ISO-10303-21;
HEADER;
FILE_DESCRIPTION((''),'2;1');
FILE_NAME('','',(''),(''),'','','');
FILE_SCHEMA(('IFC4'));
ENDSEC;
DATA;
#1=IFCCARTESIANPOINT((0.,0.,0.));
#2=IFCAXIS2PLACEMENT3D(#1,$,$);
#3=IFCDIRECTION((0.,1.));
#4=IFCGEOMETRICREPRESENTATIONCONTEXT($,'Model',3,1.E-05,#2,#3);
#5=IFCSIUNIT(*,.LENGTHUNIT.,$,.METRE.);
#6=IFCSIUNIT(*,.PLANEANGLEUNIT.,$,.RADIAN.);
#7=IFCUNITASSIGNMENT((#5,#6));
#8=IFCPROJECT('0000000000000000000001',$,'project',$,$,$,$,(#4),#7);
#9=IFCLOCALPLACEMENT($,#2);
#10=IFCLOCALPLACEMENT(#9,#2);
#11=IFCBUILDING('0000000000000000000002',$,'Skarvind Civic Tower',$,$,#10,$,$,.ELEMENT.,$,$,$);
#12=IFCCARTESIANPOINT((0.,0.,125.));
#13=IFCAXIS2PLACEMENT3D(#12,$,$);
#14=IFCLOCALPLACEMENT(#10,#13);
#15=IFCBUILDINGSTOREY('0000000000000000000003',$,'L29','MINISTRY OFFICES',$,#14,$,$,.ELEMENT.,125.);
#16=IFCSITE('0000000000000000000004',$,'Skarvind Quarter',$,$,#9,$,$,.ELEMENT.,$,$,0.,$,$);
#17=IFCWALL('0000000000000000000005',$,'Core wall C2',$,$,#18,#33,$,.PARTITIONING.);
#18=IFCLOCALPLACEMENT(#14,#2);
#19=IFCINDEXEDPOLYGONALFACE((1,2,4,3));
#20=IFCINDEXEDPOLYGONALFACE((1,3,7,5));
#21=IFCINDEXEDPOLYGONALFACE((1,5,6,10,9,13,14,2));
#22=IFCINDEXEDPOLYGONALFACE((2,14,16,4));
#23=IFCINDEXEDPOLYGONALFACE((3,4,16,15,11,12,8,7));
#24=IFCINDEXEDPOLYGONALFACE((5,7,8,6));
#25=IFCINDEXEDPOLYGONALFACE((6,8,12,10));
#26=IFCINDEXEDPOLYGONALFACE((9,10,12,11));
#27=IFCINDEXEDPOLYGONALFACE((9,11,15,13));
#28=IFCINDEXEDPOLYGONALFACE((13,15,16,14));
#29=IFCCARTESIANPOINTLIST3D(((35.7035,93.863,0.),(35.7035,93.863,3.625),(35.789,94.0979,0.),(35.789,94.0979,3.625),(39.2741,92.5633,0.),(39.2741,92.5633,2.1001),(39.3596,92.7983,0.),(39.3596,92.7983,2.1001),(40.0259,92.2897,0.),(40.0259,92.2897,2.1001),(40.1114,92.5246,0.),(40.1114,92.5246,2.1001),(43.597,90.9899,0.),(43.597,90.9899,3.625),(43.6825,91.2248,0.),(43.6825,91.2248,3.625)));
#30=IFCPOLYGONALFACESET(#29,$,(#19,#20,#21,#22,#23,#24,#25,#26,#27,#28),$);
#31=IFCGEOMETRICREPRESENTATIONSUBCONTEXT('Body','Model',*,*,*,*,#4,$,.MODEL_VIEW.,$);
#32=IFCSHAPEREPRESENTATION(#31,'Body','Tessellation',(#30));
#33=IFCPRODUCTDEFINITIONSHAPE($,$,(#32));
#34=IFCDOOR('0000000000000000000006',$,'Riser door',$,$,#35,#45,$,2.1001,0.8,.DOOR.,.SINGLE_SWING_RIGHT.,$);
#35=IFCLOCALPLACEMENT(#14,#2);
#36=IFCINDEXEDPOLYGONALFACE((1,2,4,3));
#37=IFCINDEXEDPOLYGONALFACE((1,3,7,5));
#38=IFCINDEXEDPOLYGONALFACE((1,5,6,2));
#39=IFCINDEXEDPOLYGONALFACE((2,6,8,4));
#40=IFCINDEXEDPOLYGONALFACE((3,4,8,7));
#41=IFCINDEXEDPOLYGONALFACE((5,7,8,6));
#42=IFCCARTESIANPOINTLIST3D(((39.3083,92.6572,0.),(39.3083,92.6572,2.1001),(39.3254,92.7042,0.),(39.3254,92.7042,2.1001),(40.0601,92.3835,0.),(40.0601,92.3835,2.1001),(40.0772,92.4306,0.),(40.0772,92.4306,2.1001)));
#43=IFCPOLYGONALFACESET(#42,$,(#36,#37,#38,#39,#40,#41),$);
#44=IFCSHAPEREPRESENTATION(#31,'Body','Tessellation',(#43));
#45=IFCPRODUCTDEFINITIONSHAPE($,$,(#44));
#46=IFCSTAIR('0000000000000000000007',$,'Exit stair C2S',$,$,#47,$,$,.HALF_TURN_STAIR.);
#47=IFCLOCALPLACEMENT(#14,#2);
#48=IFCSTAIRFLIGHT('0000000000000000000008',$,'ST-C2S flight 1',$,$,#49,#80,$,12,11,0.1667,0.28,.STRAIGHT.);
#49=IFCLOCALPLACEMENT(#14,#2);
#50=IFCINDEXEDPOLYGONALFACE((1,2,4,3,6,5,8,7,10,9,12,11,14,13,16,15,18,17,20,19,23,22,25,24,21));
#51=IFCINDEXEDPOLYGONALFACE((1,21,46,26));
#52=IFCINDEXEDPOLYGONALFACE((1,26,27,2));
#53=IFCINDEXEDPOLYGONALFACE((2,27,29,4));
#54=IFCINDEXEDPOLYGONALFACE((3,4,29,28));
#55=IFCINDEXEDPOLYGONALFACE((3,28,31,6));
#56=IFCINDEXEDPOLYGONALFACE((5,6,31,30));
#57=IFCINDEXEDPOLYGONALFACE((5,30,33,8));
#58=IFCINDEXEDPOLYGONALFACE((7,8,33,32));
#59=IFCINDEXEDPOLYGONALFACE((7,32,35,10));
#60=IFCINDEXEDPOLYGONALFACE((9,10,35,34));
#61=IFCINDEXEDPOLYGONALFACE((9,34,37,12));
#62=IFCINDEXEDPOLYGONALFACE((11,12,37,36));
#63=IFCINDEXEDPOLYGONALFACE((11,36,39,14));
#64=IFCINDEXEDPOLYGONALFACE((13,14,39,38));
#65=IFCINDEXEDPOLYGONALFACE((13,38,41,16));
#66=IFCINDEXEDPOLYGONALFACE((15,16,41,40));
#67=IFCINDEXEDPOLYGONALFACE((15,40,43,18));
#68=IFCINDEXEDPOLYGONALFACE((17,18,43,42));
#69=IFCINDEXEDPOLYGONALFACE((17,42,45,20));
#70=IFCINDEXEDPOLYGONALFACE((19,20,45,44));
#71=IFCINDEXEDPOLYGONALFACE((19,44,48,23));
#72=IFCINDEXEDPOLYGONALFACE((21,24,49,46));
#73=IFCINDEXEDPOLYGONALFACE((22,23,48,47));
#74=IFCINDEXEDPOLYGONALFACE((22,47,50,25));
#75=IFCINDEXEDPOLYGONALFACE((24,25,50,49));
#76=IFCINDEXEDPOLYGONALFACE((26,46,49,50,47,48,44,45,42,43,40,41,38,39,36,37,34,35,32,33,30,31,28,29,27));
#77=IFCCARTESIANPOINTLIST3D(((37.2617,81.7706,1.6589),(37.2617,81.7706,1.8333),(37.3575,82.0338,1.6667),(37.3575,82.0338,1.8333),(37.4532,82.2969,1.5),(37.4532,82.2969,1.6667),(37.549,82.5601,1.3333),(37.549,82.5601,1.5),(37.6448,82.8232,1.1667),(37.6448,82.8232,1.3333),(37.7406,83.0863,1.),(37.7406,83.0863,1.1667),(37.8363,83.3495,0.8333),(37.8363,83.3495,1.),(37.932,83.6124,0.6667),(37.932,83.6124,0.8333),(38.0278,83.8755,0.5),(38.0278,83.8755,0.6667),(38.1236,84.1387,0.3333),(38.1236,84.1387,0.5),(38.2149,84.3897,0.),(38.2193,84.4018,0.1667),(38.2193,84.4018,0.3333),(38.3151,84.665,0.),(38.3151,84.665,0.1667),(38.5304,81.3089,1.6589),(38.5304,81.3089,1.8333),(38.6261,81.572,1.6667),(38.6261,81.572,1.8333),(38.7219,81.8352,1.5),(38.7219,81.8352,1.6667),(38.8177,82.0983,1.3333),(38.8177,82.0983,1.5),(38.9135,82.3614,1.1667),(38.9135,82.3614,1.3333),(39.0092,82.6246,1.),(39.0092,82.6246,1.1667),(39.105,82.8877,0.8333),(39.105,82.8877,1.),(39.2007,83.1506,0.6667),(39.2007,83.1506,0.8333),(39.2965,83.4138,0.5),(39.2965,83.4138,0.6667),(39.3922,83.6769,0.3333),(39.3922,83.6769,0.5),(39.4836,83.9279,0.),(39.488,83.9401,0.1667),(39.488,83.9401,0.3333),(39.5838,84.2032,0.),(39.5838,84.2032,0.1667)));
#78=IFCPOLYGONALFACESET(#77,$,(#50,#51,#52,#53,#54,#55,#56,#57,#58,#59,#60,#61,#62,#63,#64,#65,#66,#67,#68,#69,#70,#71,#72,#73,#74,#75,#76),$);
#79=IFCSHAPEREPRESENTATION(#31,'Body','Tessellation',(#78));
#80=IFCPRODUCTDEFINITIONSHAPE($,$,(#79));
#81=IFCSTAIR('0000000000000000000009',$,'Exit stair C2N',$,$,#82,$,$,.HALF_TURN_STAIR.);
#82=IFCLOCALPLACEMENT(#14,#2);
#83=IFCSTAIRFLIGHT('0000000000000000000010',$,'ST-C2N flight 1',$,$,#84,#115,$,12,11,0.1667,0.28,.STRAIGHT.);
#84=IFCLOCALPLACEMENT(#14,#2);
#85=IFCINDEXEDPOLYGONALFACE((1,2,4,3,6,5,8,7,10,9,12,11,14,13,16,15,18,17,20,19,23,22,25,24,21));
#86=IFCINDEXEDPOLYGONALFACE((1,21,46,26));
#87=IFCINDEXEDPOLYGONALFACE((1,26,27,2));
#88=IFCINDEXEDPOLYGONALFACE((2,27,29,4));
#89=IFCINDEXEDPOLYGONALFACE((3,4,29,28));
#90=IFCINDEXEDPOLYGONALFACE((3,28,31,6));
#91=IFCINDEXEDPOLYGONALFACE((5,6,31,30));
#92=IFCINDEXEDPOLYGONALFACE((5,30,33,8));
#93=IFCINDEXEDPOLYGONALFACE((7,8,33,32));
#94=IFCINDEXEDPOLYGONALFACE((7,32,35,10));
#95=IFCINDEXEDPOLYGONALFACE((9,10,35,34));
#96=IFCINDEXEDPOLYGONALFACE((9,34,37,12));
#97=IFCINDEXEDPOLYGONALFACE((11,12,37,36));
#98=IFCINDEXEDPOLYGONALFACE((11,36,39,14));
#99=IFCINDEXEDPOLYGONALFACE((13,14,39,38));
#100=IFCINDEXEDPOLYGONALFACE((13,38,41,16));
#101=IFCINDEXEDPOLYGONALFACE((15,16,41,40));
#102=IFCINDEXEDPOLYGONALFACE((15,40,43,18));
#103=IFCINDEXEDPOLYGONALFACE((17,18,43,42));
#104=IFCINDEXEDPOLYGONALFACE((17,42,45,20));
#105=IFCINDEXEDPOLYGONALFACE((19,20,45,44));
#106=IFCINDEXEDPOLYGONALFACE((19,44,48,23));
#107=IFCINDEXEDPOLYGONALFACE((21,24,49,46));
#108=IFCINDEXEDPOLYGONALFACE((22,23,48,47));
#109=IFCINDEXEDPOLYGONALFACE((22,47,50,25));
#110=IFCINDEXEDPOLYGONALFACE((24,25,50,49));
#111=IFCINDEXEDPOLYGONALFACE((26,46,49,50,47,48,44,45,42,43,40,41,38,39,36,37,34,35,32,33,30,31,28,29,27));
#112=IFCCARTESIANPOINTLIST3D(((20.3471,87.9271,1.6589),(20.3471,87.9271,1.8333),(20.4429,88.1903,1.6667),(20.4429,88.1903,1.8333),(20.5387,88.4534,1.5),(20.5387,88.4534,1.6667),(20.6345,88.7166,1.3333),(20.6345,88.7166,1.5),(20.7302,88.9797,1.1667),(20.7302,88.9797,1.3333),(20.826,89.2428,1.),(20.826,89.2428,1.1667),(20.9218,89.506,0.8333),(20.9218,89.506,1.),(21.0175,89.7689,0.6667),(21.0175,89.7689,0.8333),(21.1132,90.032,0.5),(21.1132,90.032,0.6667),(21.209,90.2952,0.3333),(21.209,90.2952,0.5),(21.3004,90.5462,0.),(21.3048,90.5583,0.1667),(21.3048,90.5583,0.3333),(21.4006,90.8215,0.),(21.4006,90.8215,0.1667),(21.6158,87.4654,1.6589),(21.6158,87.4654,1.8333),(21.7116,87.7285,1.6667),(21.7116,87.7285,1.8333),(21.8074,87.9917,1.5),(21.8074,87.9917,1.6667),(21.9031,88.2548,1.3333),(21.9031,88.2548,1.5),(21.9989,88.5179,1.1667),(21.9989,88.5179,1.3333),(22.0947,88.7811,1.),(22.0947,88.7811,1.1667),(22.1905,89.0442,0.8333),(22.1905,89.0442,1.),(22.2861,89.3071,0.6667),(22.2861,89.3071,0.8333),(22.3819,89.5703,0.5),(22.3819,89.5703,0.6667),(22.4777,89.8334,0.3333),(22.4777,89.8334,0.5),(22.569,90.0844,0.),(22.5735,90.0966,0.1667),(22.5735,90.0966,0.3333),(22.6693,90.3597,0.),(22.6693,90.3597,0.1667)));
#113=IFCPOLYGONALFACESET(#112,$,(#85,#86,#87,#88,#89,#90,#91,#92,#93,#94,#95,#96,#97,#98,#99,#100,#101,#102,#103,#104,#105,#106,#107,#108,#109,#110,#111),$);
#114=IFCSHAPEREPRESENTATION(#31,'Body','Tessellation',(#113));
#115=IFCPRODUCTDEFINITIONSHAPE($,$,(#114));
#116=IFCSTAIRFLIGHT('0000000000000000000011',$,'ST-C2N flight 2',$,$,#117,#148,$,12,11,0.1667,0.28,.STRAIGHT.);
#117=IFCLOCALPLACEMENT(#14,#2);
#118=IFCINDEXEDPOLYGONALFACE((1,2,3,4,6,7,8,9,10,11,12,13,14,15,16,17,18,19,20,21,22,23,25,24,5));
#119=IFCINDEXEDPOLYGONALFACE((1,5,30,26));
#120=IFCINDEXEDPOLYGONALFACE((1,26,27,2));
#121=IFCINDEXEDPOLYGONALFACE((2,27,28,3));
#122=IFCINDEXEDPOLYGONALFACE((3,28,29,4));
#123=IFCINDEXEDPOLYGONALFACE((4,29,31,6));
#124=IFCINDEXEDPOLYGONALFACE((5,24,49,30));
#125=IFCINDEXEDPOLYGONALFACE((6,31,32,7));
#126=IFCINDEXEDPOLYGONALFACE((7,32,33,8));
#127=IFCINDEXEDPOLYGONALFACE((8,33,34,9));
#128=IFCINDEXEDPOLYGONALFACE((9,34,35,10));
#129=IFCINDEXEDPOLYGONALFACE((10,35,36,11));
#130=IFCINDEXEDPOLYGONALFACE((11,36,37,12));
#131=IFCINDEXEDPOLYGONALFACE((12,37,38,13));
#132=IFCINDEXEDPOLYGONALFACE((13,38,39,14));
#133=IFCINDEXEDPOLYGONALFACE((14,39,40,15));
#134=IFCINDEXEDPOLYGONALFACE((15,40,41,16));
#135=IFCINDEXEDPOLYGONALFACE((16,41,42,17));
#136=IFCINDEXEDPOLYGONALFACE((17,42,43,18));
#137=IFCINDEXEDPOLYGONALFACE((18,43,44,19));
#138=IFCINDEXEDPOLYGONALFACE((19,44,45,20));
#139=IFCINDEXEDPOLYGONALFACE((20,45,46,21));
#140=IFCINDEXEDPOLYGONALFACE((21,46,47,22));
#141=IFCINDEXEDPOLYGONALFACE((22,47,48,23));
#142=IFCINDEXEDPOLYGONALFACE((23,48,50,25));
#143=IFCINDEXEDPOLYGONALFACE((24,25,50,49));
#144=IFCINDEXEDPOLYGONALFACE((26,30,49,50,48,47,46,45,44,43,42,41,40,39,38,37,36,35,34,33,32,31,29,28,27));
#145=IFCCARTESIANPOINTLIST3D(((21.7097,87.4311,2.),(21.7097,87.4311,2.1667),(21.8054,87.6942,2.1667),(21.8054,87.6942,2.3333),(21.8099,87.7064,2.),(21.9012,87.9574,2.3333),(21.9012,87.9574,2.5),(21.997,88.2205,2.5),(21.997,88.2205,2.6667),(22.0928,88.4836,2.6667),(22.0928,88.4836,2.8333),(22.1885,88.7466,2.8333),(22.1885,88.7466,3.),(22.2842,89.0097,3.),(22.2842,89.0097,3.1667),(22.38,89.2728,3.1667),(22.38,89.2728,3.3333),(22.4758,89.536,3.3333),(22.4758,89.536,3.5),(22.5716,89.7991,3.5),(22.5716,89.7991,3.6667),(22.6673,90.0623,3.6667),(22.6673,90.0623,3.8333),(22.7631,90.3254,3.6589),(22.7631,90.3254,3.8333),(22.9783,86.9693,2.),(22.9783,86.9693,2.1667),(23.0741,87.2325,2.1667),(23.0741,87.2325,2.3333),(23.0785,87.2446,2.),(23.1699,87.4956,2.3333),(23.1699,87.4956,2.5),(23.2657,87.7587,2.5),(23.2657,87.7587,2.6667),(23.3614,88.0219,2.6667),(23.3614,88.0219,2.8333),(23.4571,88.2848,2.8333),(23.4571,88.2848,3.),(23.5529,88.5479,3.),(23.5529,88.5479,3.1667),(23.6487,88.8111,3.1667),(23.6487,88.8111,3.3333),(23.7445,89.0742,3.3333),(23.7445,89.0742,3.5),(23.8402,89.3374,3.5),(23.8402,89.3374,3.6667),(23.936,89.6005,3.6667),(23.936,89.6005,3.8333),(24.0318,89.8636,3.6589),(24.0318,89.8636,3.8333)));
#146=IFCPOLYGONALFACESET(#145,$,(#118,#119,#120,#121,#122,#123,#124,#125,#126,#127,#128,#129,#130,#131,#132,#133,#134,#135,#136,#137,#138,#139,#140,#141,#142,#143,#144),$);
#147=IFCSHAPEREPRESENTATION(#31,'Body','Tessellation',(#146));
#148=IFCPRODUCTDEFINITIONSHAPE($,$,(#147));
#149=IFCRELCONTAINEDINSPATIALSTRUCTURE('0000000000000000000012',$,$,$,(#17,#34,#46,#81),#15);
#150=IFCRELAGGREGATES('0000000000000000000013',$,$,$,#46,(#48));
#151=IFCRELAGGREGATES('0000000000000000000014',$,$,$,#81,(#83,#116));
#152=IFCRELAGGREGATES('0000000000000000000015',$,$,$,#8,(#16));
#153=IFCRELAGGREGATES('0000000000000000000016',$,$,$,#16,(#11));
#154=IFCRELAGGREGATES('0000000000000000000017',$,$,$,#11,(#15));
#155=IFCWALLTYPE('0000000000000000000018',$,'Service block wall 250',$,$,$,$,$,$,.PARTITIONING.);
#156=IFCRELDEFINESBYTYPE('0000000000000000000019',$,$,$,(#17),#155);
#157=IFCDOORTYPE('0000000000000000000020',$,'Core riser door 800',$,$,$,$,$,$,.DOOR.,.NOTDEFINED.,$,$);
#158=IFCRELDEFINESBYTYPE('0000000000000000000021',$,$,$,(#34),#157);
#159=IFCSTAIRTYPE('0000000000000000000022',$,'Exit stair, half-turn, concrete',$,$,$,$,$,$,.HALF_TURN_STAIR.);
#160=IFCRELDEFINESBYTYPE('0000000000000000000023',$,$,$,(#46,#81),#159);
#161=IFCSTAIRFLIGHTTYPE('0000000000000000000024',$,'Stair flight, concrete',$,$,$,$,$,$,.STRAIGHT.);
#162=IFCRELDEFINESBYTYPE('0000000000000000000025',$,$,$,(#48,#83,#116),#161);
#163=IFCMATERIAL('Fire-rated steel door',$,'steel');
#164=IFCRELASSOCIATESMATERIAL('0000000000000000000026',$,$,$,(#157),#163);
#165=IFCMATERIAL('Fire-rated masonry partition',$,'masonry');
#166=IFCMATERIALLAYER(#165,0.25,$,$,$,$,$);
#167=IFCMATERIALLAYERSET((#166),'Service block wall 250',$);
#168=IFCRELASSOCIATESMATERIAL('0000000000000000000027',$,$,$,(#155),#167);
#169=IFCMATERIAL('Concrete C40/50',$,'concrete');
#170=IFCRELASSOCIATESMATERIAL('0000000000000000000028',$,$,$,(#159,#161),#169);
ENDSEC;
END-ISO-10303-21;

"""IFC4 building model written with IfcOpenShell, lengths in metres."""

from ifc_helpers import new_model, si_unit, direction, frame, frame_2d, origin, place, context, subcontext, project, spatial, polyline, rectangle, outline, extrude, material, layer, layer_set, type_object, element, fill, aggregate, save


model = new_model("IFC4")

# Units and contexts
model_context = context("Model", 3, precision=1e-05, world=origin(), true_north=direction((0.0, 1.0)))
body_context = subcontext(model_context, "Body", "Model", "MODEL_VIEW")
ifc_project = project(units=[si_unit("LENGTHUNIT", "METRE"), si_unit("PLANEANGLEUNIT", "RADIAN")], contexts=[model_context])

# Site, building, storey
site_placement = place(None, origin())
site = spatial("IfcSite", under=ifc_project, at=site_placement, Name="Skarvind Quarter", CompositionType="ELEMENT", RefElevation=0.0)
building_placement = place(site_placement, origin())
building = spatial("IfcBuilding", under=site, at=building_placement, Name="Skarvind Civic Tower", CompositionType="ELEMENT")
storey_placement = place(building_placement, frame((0.0, 0.0, 125.0)))
storey = spatial("IfcBuildingStorey", under=building, at=storey_placement, Name="L29", Description="MINISTRY OFFICES", CompositionType="ELEMENT", Elevation=125.0)

# Shared definitions
ifc_material_1 = material(Name="Fire-rated masonry partition", Category="masonry")
ifc_material_2 = material(Name="Fire-rated steel door", Category="steel")

# Wall, opening, door
door_type_1 = type_object("IfcDoorType", Name="Core riser door 800", OperationType="NOTDEFINED", PredefinedType="DOOR", material=ifc_material_2)
ifc_layer_1 = layer(ifc_material_1, 0.25)
ifc_layer_set_1 = layer_set([ifc_layer_1], Name="Service block wall 250")
wall_type_1 = type_object("IfcWallType", Name="Service block wall 250", PredefinedType="PARTITIONING", material=ifc_layer_set_1)
wall_1_placement = place(storey_placement, frame((35.7461, 93.9805, 0.0), z_axis=(0.0, 0.0, 1.0), x_axis=(0.939692, -0.342023, 0.0)))
wall_1 = element("IfcWall", 1, at=wall_1_placement, inside=storey, type_object=wall_type_1, Name="Core wall C2", PredefinedType="PARTITIONING", context=body_context, shape_type="SweptSolid", body=[
    extrude(rectangle(XDim=8.4001, YDim=0.25, at=frame_2d((4.2002, 0.0))), origin(), (0.0, 0.0, 1.0), 3.625),
])
opening_1_placement = place(wall_1_placement, frame((3.8, 0.0, 0.0)))
opening_1 = element("IfcOpeningElement", 2, at=opening_1_placement, cuts=wall_1, PredefinedType="OPENING", context=body_context, shape_type="SweptSolid", body=[
    extrude(rectangle(XDim=0.8, YDim=2.1001, at=frame_2d((0.3999, 1.05))), frame((0.0, 0.135, 0.0), z_axis=(0.0, -1.0, 0.0), x_axis=(1.0, 0.0, 0.0)), (0.0, 0.0, 1.0), 0.27),
])
door_1_placement = place(opening_1_placement, origin())
door_1 = element("IfcDoor", 3, at=door_1_placement, inside=storey, type_object=door_type_1, Name="Riser door", OperationType="SINGLE_SWING_RIGHT", OverallHeight=2.1001, OverallWidth=0.8, PredefinedType="DOOR", context=body_context, shape_type="SweptSolid", body=[
    extrude(rectangle(XDim=0.8, YDim=2.1001, at=frame_2d((0.3999, 1.05))), frame((0.0, 0.0249, 0.0), z_axis=(0.0, -1.0, 0.0), x_axis=(1.0, 0.0, 0.0)), (0.0, 0.0, 1.0), 0.05),
])
fill(opening_1, door_1)

# Stair, stair flight
ifc_material_3 = material(Name="Concrete C40/50", Category="concrete")
stair_type = type_object("IfcStairType", Name="Exit stair, half-turn, concrete", PredefinedType="HALF_TURN_STAIR", material=ifc_material_3)
stair_1_placement = place(storey_placement, origin())
stair_1 = element("IfcStair", 4, at=stair_1_placement, inside=storey, type_object=stair_type, Name="Exit stair C2S", PredefinedType="HALF_TURN_STAIR")
stair_flight_type = type_object("IfcStairFlightType", Name="Stair flight, concrete", PredefinedType="STRAIGHT", material=ifc_material_3)
stair_flight_1_placement = place(storey_placement, frame((38.9495, 84.4341, 0.0), z_axis=(0.0, 0.0, 1.0), x_axis=(-0.34202, -0.939693, 0.0)))
stair_flight_1 = element("IfcStairFlight", 5, at=stair_flight_1_placement, type_object=stair_flight_type, Name="ST-C2S flight 1", NumberOfRisers=12, NumberOfTreads=11, PredefinedType="STRAIGHT", RiserHeight=0.1667, TreadLength=0.28, context=body_context, shape_type="SweptSolid", body=[
    extrude(outline(polyline([(0.0, 0.0), (0.0, 0.1667), (0.28, 0.1667), (0.28, 0.3333), (0.5601, 0.3333), (0.5601, 0.5), (0.8401, 0.5), (0.8401, 0.6667), (1.1201, 0.6667), (1.1201, 0.8333), (1.3999, 0.8333), (1.3999, 1.0), (1.6799, 1.0), (1.6799, 1.1667), (1.96, 1.1667), (1.96, 1.3333), (2.24, 1.3333), (2.24, 1.5), (2.52, 1.5), (2.52, 1.6667), (2.8, 1.6667), (2.8, 1.8333), (3.0801, 1.8333), (3.0801, 2.0), (3.0801, 1.6589), (0.293, 0.0), (0.0, 0.0)])), frame((0.0, 0.675, 0.0), z_axis=(0.0, -1.0, 0.0), x_axis=(1.0, 0.0, 0.0)), (0.0, 0.0, 1.0), 1.3501),
])
aggregate(stair_1, [stair_flight_1])

# Stair, stair flights
stair_2_placement = place(storey_placement, origin())
stair_2 = element("IfcStair", 6, at=stair_2_placement, inside=storey, type_object=stair_type, Name="Exit stair C2N", PredefinedType="HALF_TURN_STAIR")
stair_flight_2_placement = place(storey_placement, frame((22.0349, 90.5906, 0.0), z_axis=(0.0, 0.0, 1.0), x_axis=(-0.34202, -0.939693, 0.0)))
stair_flight_2 = element("IfcStairFlight", 7, at=stair_flight_2_placement, type_object=stair_flight_type, Name="ST-C2N flight 1", NumberOfRisers=12, NumberOfTreads=11, PredefinedType="STRAIGHT", RiserHeight=0.1667, TreadLength=0.28, context=body_context, shape_type="SweptSolid", body=[
    extrude(outline(polyline([(0.0, 0.0), (0.0, 0.1667), (0.28, 0.1667), (0.28, 0.3333), (0.5601, 0.3333), (0.5601, 0.5), (0.8401, 0.5), (0.8401, 0.6667), (1.1201, 0.6667), (1.1201, 0.8333), (1.3999, 0.8333), (1.3999, 1.0), (1.6799, 1.0), (1.6799, 1.1667), (1.96, 1.1667), (1.96, 1.3333), (2.24, 1.3333), (2.24, 1.5), (2.52, 1.5), (2.52, 1.6667), (2.8, 1.6667), (2.8, 1.8333), (3.0801, 1.8333), (3.0801, 2.0), (3.0801, 1.6589), (0.293, 0.0), (0.0, 0.0)])), frame((0.0, 0.675, 0.0), z_axis=(0.0, -1.0, 0.0), x_axis=(1.0, 0.0, 0.0)), (0.0, 0.0, 1.0), 1.3501),
])
stair_flight_3_placement = place(storey_placement, frame((22.344, 87.2002, 2.0), z_axis=(0.0, 0.0, 1.0), x_axis=(0.34202, 0.939693, 0.0)))
stair_flight_3 = element("IfcStairFlight", 8, at=stair_flight_3_placement, type_object=stair_flight_type, Name="ST-C2N flight 2", NumberOfRisers=12, NumberOfTreads=11, PredefinedType="STRAIGHT", RiserHeight=0.1667, TreadLength=0.28, context=body_context, shape_type="SweptSolid", body=[
    extrude(outline(polyline([(0.0, 0.0), (0.0, 0.1667), (0.28, 0.1667), (0.28, 0.3333), (0.5601, 0.3333), (0.5601, 0.5), (0.8401, 0.5), (0.8401, 0.6667), (1.1201, 0.6667), (1.1201, 0.8333), (1.3999, 0.8333), (1.3999, 1.0), (1.6799, 1.0), (1.6799, 1.1667), (1.96, 1.1667), (1.96, 1.3333), (2.24, 1.3333), (2.24, 1.5), (2.52, 1.5), (2.52, 1.6667), (2.8, 1.6667), (2.8, 1.8333), (3.0801, 1.8333), (3.0801, 2.0), (3.0801, 1.6589), (0.293, 0.0), (0.0, 0.0)])), frame((0.0, 0.675, 0.0), z_axis=(0.0, -1.0, 0.0), x_axis=(1.0, 0.0, 0.0)), (0.0, 0.0, 1.0), 1.3501),
])
aggregate(stair_2, [stair_flight_2, stair_flight_3])

save(model, "model.ifc")
